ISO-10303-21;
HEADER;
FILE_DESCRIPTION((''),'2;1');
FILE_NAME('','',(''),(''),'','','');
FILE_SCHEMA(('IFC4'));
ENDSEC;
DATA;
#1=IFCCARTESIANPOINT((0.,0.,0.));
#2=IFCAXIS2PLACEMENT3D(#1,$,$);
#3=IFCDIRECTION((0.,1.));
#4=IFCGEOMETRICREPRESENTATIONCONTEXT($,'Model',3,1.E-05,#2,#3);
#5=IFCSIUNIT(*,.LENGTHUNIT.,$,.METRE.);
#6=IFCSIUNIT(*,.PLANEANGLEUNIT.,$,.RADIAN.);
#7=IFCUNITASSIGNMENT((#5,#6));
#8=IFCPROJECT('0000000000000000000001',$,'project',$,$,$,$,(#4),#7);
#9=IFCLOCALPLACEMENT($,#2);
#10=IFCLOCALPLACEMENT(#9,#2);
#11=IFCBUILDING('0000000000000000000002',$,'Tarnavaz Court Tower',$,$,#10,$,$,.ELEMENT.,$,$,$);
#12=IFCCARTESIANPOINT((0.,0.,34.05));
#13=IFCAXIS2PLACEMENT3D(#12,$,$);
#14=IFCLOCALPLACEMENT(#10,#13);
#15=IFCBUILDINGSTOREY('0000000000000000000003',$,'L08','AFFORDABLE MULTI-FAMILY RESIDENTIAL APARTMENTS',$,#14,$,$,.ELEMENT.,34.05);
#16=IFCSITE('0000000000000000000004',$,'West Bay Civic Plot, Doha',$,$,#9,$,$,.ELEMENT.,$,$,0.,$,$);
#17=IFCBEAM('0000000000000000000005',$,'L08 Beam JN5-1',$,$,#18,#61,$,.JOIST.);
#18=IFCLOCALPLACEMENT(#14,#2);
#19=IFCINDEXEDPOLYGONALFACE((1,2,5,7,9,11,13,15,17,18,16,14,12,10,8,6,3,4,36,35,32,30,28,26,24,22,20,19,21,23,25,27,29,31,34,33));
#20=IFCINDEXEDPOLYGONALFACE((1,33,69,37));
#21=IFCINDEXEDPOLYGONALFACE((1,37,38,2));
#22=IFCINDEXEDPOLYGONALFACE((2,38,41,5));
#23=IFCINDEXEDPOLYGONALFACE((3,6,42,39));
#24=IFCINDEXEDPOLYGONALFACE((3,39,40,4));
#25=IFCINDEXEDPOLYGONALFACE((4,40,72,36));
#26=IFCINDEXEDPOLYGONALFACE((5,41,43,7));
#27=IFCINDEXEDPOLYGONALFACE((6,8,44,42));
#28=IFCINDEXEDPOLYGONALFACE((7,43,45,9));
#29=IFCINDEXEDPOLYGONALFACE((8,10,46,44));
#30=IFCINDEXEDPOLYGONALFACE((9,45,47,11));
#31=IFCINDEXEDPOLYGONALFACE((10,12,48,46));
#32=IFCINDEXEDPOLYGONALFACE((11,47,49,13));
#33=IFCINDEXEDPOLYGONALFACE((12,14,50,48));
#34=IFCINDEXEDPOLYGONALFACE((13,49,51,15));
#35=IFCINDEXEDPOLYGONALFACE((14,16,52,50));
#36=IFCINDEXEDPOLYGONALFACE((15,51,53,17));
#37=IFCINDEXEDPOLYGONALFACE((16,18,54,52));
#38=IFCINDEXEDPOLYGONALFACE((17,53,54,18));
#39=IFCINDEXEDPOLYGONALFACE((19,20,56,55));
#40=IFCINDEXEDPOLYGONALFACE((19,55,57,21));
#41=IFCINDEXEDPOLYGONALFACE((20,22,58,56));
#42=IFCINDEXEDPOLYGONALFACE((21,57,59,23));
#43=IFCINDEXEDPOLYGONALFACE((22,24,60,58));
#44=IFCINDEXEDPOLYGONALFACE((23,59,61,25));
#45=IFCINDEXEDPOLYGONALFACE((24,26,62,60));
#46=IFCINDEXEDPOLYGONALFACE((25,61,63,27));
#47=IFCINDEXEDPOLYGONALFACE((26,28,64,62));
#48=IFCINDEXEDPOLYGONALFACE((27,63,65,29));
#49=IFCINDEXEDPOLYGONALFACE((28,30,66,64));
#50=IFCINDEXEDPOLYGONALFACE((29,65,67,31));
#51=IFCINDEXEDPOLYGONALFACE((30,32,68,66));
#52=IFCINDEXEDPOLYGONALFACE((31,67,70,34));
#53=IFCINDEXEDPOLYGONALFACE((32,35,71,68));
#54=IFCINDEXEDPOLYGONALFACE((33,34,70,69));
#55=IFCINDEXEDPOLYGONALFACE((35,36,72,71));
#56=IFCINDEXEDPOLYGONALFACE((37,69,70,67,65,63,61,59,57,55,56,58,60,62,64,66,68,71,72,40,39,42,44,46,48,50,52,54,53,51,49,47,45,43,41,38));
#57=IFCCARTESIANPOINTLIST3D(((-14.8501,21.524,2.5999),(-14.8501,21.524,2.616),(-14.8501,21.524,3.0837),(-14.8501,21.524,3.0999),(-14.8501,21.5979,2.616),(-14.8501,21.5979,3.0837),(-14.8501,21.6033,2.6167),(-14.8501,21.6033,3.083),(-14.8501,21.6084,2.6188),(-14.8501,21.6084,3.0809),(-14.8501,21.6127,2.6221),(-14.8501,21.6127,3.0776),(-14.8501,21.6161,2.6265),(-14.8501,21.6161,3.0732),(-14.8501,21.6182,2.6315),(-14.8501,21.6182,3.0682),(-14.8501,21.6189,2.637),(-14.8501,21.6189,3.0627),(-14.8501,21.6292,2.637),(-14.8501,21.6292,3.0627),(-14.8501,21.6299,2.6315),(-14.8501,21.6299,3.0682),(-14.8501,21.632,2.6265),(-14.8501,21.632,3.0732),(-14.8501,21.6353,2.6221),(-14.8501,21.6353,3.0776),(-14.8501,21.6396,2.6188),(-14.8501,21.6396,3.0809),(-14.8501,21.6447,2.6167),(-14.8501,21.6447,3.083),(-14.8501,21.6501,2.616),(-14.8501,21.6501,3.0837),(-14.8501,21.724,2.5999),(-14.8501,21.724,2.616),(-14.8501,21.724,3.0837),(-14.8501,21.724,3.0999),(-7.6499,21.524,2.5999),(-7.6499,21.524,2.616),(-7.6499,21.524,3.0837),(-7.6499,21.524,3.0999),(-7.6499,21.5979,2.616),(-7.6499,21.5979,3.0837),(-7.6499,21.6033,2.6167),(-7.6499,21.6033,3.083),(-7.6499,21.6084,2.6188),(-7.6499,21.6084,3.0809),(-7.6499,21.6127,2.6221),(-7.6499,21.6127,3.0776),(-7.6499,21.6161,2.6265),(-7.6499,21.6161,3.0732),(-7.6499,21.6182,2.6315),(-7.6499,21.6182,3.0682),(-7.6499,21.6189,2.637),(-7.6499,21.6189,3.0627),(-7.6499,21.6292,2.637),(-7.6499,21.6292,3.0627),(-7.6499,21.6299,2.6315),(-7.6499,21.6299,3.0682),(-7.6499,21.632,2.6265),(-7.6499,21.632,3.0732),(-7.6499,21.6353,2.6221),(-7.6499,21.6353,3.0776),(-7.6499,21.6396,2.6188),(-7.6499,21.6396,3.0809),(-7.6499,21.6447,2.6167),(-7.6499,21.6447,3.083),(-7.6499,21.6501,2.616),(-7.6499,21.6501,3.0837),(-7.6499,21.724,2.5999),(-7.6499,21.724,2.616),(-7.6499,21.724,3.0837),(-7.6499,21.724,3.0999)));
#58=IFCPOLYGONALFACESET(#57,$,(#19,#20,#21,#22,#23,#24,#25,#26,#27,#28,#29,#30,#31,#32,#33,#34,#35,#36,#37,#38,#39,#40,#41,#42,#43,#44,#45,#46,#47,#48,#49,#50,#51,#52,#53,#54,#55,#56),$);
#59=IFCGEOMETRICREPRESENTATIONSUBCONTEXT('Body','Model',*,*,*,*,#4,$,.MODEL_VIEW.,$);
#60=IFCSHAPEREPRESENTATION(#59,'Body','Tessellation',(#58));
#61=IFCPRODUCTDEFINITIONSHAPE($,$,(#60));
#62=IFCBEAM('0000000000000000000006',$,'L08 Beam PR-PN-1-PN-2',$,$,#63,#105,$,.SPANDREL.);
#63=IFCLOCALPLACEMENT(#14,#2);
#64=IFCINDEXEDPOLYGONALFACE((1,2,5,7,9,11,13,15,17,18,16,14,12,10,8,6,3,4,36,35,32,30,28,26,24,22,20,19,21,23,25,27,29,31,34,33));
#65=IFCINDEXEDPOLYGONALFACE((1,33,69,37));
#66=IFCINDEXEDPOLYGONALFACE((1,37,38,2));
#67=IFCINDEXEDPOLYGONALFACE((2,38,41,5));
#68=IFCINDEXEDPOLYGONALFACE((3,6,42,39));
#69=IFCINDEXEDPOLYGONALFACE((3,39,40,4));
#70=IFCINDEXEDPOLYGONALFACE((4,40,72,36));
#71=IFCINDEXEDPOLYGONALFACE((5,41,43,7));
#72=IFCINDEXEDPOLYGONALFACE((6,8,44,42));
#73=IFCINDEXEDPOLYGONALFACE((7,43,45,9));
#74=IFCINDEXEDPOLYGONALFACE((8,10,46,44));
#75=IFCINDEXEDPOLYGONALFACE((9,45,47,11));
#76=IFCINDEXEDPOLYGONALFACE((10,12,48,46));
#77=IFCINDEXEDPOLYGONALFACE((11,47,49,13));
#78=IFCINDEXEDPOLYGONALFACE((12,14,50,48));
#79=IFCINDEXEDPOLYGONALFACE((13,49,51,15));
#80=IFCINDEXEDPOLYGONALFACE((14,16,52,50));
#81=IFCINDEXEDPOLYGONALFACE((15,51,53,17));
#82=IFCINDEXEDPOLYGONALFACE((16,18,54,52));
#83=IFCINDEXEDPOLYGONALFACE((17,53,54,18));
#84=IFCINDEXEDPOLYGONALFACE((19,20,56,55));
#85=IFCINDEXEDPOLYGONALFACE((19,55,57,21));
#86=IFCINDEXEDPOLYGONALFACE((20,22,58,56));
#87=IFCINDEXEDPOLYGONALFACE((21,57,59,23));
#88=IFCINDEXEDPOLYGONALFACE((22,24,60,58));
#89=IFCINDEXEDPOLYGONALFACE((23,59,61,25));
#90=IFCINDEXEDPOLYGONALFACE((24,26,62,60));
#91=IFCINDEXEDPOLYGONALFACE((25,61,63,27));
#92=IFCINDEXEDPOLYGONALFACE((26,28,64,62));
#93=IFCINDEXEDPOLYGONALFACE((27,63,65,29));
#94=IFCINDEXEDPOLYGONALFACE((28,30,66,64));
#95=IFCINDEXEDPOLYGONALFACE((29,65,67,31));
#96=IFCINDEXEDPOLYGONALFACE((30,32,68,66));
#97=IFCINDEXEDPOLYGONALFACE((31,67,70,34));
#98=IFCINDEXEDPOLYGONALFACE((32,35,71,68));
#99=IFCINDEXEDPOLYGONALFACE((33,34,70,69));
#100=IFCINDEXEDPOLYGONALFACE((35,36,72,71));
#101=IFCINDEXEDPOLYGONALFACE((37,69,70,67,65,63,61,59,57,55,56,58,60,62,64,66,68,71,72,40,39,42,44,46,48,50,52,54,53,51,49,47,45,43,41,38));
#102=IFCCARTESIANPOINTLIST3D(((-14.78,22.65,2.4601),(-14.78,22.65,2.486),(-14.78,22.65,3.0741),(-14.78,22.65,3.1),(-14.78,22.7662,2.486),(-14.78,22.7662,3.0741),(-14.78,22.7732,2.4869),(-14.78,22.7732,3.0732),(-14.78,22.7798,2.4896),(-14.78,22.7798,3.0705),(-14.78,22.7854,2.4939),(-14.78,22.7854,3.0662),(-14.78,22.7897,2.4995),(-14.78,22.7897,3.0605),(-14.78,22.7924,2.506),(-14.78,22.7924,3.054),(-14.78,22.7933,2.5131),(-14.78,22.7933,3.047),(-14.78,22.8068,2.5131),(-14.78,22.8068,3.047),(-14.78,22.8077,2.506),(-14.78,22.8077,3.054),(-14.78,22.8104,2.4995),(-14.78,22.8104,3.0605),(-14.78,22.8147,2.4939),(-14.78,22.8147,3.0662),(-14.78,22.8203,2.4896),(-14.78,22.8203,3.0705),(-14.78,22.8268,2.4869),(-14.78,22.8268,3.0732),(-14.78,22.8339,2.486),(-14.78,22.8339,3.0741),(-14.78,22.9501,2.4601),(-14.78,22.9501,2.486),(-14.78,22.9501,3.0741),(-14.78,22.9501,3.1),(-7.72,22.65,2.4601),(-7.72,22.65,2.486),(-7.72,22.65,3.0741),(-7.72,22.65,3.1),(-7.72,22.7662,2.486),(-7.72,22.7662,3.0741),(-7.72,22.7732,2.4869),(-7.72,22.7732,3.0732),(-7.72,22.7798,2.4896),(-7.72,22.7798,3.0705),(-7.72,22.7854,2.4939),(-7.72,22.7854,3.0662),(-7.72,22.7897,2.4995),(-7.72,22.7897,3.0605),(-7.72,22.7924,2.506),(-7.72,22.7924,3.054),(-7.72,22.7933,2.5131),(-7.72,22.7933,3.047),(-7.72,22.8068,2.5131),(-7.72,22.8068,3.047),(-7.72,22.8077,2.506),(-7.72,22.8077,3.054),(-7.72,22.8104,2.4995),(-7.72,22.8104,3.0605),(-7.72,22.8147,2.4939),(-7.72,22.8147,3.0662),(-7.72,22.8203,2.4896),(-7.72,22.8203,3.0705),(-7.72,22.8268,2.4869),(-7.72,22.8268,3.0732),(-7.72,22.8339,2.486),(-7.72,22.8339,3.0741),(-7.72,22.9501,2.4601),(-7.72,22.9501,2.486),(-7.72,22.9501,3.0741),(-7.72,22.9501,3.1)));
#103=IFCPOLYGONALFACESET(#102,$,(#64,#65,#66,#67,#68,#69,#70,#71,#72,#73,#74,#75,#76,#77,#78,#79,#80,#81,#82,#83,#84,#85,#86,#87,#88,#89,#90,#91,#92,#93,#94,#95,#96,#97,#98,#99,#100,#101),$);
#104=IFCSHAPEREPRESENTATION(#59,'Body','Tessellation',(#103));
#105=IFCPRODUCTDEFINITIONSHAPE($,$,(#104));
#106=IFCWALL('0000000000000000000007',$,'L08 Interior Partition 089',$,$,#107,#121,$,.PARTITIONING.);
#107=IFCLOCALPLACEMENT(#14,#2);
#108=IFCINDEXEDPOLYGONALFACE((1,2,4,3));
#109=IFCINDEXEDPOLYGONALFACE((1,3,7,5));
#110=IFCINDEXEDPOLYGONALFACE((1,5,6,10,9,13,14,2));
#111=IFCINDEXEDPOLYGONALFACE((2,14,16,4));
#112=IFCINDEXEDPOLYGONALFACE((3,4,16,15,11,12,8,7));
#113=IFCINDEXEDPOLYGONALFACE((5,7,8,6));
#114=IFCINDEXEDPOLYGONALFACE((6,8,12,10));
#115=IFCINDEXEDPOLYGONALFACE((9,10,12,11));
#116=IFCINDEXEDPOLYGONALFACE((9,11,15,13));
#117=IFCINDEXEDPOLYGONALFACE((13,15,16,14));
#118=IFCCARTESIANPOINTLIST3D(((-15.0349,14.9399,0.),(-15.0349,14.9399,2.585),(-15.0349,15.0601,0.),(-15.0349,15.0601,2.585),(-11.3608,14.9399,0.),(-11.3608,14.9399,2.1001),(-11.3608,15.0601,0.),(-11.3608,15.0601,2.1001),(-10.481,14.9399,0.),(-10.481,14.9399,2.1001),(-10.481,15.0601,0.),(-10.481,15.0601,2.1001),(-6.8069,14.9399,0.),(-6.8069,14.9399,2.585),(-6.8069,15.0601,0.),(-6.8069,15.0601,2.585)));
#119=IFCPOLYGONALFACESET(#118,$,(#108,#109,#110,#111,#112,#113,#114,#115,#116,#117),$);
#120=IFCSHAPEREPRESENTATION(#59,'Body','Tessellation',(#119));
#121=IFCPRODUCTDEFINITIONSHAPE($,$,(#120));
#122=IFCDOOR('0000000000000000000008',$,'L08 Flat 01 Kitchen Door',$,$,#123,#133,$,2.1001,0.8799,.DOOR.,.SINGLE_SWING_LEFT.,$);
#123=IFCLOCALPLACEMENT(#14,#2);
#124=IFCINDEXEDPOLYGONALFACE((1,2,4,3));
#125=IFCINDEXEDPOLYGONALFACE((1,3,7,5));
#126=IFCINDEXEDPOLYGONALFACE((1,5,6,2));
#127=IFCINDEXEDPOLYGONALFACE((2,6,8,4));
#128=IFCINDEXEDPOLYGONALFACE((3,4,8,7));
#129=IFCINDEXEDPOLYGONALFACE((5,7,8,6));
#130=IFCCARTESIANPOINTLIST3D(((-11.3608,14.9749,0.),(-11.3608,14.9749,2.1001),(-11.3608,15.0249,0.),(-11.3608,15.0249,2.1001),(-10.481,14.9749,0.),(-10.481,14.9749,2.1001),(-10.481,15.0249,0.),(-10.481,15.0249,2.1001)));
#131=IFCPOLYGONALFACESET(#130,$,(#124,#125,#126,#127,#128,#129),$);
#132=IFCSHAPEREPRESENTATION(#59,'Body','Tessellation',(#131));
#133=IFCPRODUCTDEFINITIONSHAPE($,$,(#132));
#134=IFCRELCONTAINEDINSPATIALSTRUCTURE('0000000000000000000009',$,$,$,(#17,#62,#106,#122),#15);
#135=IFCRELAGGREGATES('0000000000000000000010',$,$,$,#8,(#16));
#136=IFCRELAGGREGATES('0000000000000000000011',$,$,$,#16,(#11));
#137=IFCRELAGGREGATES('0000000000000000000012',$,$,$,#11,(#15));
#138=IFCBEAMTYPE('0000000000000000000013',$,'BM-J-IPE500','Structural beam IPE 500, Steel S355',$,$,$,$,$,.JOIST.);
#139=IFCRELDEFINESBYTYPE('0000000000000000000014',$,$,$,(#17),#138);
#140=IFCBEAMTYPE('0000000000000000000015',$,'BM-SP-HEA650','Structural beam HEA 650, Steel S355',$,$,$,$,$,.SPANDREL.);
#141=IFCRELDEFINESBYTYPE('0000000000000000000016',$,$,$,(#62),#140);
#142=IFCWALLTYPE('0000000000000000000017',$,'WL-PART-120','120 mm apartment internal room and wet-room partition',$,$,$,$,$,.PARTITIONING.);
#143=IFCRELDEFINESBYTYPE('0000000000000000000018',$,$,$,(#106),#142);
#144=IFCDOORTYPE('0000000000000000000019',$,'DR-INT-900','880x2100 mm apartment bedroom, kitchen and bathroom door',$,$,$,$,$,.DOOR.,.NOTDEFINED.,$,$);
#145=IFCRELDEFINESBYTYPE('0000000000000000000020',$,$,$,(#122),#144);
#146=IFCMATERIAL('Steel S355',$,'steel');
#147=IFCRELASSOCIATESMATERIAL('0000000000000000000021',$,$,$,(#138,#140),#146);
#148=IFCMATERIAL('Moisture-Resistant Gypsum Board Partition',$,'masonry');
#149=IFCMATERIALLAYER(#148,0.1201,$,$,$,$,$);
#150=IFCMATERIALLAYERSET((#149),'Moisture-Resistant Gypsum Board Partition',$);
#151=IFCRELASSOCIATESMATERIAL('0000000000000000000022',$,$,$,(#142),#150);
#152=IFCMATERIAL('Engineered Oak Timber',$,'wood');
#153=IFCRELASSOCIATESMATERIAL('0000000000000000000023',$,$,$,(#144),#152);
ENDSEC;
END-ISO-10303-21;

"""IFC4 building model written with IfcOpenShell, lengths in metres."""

from ifc_helpers import new_model, si_unit, direction, frame, frame_2d, origin, origin_2d, place, context, subcontext, project, spatial, rectangle, i_section, extrude, material, layer, layer_set, material_profile, profile_set, type_object, element, fill, save


model = new_model("IFC4")

# Units and contexts
model_context = context("Model", 3, precision=1e-05, world=origin(), true_north=direction((0.0, 1.0)))
body_context = subcontext(model_context, "Body", "Model", "MODEL_VIEW")
ifc_project = project(units=[si_unit("LENGTHUNIT", "METRE"), si_unit("PLANEANGLEUNIT", "RADIAN")], contexts=[model_context])

# Site, building, storey
site_placement = place(None, origin())
site = spatial("IfcSite", under=ifc_project, at=site_placement, Name="West Bay Civic Plot, Doha", CompositionType="ELEMENT", RefElevation=0.0)
building_placement = place(site_placement, origin())
building = spatial("IfcBuilding", under=site, at=building_placement, Name="Tarnavaz Court Tower", CompositionType="ELEMENT")
storey_placement = place(building_placement, frame((0.0, 0.0, 34.05)))
storey = spatial("IfcBuildingStorey", under=building, at=storey_placement, Name="L08", Description="AFFORDABLE MULTI-FAMILY RESIDENTIAL APARTMENTS", CompositionType="ELEMENT", Elevation=34.05)

# Beams
ifc_material_1 = material(Name="Steel S355", Category="steel")
ifc_material_profile_1 = material_profile(ifc_material_1, i_section(OverallWidth=0.2, OverallDepth=0.5, WebThickness=0.0103, FlangeThickness=0.0161, FilletRadius=0.021, at=origin_2d()), Name="IPE 500")
ifc_profile_set_1 = profile_set([ifc_material_profile_1], Name="Steel S355")
beam_type_1 = type_object("IfcBeamType", Name="BM-J-IPE500", Description="Structural beam IPE 500, Steel S355", PredefinedType="JOIST", material=ifc_profile_set_1)
for number, where, z_axis, x_axis, name in (
    (1, (-14.8501, 21.624, 2.8499), (1.0, 0.0, 0.0), (0.0, 1.0, 0.0), "L08 Beam JN5-1"),
):
    element("IfcBeam", number, at=place(storey_placement, frame(where, z_axis=z_axis, x_axis=x_axis)), inside=storey, type_object=beam_type_1, Name=name, PredefinedType="JOIST", context=body_context, shape_type="SweptSolid", body=[
        extrude(i_section(OverallWidth=0.2, OverallDepth=0.5, WebThickness=0.0103, FlangeThickness=0.0161, FilletRadius=0.021, at=origin_2d()), origin(), (0.0, 0.0, 1.0), 7.2002),
    ])
ifc_material_profile_2 = material_profile(ifc_material_1, i_section(OverallWidth=0.3, OverallDepth=0.6399, WebThickness=0.0134, FlangeThickness=0.0259, FilletRadius=0.0271, at=origin_2d()), Name="HEA 650")
ifc_profile_set_2 = profile_set([ifc_material_profile_2], Name="Steel S355")
beam_type_2 = type_object("IfcBeamType", Name="BM-SP-HEA650", Description="Structural beam HEA 650, Steel S355", PredefinedType="SPANDREL", material=ifc_profile_set_2)
beam_placement = place(storey_placement, frame((-14.78, 22.8, 2.78), z_axis=(1.0, 0.0, 0.0), x_axis=(0.0, 1.0, 0.0)))
element("IfcBeam", 2, at=beam_placement, inside=storey, type_object=beam_type_2, Name="L08 Beam PR-PN-1-PN-2", PredefinedType="SPANDREL", context=body_context, shape_type="SweptSolid", body=[
    extrude(i_section(OverallWidth=0.3, OverallDepth=0.6399, WebThickness=0.0134, FlangeThickness=0.0259, FilletRadius=0.0271, at=origin_2d()), origin(), (0.0, 0.0, 1.0), 7.0601),
])

# Wall, opening, door
ifc_material_2 = material(Name="Moisture-Resistant Gypsum Board Partition", Category="masonry")
ifc_layer = layer(ifc_material_2, 0.1201)
ifc_layer_set = layer_set([ifc_layer], Name="Moisture-Resistant Gypsum Board Partition")
wall_type = type_object("IfcWallType", Name="WL-PART-120", Description="120 mm apartment internal room and wet-room partition", PredefinedType="PARTITIONING", material=ifc_layer_set)
wall_1_placement = place(storey_placement, frame((-15.0349, 15.0, 0.0), z_axis=(0.0, 0.0, 1.0), x_axis=(1.0, 0.0, 0.0)))
wall_1 = element("IfcWall", 3, at=wall_1_placement, inside=storey, type_object=wall_type, Name="L08 Interior Partition 089", PredefinedType="PARTITIONING", context=body_context, shape_type="SweptSolid", body=[
    extrude(rectangle(XDim=8.228, YDim=0.1201, at=frame_2d((4.114, 0.0))), origin(), (0.0, 0.0, 1.0), 2.585),
])
opening_1_placement = place(wall_1_placement, frame((3.6741, 0.0, 0.0)))
opening_1 = element("IfcOpeningElement", 4, at=opening_1_placement, cuts=wall_1, PredefinedType="OPENING", context=body_context, shape_type="SweptSolid", body=[
    extrude(rectangle(XDim=0.8799, YDim=2.1001, at=frame_2d((0.4399, 1.05))), frame((0.0, 0.0701, 0.0), z_axis=(0.0, -1.0, 0.0), x_axis=(1.0, 0.0, 0.0)), (0.0, 0.0, 1.0), 0.1401),
])
ifc_material_3 = material(Name="Engineered Oak Timber", Category="wood")
door_type = type_object("IfcDoorType", Name="DR-INT-900", Description="880x2100 mm apartment bedroom, kitchen and bathroom door", OperationType="NOTDEFINED", PredefinedType="DOOR", material=ifc_material_3)
door_1_placement = place(opening_1_placement, origin())
door_1 = element("IfcDoor", 5, at=door_1_placement, inside=storey, type_object=door_type, Name="L08 Flat 01 Kitchen Door", OperationType="SINGLE_SWING_LEFT", OverallHeight=2.1001, OverallWidth=0.8799, PredefinedType="DOOR", context=body_context, shape_type="SweptSolid", body=[
    extrude(rectangle(XDim=0.8799, YDim=2.1001, at=frame_2d((0.4399, 1.05))), frame((0.0, 0.0249, 0.0), z_axis=(0.0, -1.0, 0.0), x_axis=(1.0, 0.0, 0.0)), (0.0, 0.0, 1.0), 0.05),
])
fill(opening_1, door_1)

save(model, "model.ifc")
